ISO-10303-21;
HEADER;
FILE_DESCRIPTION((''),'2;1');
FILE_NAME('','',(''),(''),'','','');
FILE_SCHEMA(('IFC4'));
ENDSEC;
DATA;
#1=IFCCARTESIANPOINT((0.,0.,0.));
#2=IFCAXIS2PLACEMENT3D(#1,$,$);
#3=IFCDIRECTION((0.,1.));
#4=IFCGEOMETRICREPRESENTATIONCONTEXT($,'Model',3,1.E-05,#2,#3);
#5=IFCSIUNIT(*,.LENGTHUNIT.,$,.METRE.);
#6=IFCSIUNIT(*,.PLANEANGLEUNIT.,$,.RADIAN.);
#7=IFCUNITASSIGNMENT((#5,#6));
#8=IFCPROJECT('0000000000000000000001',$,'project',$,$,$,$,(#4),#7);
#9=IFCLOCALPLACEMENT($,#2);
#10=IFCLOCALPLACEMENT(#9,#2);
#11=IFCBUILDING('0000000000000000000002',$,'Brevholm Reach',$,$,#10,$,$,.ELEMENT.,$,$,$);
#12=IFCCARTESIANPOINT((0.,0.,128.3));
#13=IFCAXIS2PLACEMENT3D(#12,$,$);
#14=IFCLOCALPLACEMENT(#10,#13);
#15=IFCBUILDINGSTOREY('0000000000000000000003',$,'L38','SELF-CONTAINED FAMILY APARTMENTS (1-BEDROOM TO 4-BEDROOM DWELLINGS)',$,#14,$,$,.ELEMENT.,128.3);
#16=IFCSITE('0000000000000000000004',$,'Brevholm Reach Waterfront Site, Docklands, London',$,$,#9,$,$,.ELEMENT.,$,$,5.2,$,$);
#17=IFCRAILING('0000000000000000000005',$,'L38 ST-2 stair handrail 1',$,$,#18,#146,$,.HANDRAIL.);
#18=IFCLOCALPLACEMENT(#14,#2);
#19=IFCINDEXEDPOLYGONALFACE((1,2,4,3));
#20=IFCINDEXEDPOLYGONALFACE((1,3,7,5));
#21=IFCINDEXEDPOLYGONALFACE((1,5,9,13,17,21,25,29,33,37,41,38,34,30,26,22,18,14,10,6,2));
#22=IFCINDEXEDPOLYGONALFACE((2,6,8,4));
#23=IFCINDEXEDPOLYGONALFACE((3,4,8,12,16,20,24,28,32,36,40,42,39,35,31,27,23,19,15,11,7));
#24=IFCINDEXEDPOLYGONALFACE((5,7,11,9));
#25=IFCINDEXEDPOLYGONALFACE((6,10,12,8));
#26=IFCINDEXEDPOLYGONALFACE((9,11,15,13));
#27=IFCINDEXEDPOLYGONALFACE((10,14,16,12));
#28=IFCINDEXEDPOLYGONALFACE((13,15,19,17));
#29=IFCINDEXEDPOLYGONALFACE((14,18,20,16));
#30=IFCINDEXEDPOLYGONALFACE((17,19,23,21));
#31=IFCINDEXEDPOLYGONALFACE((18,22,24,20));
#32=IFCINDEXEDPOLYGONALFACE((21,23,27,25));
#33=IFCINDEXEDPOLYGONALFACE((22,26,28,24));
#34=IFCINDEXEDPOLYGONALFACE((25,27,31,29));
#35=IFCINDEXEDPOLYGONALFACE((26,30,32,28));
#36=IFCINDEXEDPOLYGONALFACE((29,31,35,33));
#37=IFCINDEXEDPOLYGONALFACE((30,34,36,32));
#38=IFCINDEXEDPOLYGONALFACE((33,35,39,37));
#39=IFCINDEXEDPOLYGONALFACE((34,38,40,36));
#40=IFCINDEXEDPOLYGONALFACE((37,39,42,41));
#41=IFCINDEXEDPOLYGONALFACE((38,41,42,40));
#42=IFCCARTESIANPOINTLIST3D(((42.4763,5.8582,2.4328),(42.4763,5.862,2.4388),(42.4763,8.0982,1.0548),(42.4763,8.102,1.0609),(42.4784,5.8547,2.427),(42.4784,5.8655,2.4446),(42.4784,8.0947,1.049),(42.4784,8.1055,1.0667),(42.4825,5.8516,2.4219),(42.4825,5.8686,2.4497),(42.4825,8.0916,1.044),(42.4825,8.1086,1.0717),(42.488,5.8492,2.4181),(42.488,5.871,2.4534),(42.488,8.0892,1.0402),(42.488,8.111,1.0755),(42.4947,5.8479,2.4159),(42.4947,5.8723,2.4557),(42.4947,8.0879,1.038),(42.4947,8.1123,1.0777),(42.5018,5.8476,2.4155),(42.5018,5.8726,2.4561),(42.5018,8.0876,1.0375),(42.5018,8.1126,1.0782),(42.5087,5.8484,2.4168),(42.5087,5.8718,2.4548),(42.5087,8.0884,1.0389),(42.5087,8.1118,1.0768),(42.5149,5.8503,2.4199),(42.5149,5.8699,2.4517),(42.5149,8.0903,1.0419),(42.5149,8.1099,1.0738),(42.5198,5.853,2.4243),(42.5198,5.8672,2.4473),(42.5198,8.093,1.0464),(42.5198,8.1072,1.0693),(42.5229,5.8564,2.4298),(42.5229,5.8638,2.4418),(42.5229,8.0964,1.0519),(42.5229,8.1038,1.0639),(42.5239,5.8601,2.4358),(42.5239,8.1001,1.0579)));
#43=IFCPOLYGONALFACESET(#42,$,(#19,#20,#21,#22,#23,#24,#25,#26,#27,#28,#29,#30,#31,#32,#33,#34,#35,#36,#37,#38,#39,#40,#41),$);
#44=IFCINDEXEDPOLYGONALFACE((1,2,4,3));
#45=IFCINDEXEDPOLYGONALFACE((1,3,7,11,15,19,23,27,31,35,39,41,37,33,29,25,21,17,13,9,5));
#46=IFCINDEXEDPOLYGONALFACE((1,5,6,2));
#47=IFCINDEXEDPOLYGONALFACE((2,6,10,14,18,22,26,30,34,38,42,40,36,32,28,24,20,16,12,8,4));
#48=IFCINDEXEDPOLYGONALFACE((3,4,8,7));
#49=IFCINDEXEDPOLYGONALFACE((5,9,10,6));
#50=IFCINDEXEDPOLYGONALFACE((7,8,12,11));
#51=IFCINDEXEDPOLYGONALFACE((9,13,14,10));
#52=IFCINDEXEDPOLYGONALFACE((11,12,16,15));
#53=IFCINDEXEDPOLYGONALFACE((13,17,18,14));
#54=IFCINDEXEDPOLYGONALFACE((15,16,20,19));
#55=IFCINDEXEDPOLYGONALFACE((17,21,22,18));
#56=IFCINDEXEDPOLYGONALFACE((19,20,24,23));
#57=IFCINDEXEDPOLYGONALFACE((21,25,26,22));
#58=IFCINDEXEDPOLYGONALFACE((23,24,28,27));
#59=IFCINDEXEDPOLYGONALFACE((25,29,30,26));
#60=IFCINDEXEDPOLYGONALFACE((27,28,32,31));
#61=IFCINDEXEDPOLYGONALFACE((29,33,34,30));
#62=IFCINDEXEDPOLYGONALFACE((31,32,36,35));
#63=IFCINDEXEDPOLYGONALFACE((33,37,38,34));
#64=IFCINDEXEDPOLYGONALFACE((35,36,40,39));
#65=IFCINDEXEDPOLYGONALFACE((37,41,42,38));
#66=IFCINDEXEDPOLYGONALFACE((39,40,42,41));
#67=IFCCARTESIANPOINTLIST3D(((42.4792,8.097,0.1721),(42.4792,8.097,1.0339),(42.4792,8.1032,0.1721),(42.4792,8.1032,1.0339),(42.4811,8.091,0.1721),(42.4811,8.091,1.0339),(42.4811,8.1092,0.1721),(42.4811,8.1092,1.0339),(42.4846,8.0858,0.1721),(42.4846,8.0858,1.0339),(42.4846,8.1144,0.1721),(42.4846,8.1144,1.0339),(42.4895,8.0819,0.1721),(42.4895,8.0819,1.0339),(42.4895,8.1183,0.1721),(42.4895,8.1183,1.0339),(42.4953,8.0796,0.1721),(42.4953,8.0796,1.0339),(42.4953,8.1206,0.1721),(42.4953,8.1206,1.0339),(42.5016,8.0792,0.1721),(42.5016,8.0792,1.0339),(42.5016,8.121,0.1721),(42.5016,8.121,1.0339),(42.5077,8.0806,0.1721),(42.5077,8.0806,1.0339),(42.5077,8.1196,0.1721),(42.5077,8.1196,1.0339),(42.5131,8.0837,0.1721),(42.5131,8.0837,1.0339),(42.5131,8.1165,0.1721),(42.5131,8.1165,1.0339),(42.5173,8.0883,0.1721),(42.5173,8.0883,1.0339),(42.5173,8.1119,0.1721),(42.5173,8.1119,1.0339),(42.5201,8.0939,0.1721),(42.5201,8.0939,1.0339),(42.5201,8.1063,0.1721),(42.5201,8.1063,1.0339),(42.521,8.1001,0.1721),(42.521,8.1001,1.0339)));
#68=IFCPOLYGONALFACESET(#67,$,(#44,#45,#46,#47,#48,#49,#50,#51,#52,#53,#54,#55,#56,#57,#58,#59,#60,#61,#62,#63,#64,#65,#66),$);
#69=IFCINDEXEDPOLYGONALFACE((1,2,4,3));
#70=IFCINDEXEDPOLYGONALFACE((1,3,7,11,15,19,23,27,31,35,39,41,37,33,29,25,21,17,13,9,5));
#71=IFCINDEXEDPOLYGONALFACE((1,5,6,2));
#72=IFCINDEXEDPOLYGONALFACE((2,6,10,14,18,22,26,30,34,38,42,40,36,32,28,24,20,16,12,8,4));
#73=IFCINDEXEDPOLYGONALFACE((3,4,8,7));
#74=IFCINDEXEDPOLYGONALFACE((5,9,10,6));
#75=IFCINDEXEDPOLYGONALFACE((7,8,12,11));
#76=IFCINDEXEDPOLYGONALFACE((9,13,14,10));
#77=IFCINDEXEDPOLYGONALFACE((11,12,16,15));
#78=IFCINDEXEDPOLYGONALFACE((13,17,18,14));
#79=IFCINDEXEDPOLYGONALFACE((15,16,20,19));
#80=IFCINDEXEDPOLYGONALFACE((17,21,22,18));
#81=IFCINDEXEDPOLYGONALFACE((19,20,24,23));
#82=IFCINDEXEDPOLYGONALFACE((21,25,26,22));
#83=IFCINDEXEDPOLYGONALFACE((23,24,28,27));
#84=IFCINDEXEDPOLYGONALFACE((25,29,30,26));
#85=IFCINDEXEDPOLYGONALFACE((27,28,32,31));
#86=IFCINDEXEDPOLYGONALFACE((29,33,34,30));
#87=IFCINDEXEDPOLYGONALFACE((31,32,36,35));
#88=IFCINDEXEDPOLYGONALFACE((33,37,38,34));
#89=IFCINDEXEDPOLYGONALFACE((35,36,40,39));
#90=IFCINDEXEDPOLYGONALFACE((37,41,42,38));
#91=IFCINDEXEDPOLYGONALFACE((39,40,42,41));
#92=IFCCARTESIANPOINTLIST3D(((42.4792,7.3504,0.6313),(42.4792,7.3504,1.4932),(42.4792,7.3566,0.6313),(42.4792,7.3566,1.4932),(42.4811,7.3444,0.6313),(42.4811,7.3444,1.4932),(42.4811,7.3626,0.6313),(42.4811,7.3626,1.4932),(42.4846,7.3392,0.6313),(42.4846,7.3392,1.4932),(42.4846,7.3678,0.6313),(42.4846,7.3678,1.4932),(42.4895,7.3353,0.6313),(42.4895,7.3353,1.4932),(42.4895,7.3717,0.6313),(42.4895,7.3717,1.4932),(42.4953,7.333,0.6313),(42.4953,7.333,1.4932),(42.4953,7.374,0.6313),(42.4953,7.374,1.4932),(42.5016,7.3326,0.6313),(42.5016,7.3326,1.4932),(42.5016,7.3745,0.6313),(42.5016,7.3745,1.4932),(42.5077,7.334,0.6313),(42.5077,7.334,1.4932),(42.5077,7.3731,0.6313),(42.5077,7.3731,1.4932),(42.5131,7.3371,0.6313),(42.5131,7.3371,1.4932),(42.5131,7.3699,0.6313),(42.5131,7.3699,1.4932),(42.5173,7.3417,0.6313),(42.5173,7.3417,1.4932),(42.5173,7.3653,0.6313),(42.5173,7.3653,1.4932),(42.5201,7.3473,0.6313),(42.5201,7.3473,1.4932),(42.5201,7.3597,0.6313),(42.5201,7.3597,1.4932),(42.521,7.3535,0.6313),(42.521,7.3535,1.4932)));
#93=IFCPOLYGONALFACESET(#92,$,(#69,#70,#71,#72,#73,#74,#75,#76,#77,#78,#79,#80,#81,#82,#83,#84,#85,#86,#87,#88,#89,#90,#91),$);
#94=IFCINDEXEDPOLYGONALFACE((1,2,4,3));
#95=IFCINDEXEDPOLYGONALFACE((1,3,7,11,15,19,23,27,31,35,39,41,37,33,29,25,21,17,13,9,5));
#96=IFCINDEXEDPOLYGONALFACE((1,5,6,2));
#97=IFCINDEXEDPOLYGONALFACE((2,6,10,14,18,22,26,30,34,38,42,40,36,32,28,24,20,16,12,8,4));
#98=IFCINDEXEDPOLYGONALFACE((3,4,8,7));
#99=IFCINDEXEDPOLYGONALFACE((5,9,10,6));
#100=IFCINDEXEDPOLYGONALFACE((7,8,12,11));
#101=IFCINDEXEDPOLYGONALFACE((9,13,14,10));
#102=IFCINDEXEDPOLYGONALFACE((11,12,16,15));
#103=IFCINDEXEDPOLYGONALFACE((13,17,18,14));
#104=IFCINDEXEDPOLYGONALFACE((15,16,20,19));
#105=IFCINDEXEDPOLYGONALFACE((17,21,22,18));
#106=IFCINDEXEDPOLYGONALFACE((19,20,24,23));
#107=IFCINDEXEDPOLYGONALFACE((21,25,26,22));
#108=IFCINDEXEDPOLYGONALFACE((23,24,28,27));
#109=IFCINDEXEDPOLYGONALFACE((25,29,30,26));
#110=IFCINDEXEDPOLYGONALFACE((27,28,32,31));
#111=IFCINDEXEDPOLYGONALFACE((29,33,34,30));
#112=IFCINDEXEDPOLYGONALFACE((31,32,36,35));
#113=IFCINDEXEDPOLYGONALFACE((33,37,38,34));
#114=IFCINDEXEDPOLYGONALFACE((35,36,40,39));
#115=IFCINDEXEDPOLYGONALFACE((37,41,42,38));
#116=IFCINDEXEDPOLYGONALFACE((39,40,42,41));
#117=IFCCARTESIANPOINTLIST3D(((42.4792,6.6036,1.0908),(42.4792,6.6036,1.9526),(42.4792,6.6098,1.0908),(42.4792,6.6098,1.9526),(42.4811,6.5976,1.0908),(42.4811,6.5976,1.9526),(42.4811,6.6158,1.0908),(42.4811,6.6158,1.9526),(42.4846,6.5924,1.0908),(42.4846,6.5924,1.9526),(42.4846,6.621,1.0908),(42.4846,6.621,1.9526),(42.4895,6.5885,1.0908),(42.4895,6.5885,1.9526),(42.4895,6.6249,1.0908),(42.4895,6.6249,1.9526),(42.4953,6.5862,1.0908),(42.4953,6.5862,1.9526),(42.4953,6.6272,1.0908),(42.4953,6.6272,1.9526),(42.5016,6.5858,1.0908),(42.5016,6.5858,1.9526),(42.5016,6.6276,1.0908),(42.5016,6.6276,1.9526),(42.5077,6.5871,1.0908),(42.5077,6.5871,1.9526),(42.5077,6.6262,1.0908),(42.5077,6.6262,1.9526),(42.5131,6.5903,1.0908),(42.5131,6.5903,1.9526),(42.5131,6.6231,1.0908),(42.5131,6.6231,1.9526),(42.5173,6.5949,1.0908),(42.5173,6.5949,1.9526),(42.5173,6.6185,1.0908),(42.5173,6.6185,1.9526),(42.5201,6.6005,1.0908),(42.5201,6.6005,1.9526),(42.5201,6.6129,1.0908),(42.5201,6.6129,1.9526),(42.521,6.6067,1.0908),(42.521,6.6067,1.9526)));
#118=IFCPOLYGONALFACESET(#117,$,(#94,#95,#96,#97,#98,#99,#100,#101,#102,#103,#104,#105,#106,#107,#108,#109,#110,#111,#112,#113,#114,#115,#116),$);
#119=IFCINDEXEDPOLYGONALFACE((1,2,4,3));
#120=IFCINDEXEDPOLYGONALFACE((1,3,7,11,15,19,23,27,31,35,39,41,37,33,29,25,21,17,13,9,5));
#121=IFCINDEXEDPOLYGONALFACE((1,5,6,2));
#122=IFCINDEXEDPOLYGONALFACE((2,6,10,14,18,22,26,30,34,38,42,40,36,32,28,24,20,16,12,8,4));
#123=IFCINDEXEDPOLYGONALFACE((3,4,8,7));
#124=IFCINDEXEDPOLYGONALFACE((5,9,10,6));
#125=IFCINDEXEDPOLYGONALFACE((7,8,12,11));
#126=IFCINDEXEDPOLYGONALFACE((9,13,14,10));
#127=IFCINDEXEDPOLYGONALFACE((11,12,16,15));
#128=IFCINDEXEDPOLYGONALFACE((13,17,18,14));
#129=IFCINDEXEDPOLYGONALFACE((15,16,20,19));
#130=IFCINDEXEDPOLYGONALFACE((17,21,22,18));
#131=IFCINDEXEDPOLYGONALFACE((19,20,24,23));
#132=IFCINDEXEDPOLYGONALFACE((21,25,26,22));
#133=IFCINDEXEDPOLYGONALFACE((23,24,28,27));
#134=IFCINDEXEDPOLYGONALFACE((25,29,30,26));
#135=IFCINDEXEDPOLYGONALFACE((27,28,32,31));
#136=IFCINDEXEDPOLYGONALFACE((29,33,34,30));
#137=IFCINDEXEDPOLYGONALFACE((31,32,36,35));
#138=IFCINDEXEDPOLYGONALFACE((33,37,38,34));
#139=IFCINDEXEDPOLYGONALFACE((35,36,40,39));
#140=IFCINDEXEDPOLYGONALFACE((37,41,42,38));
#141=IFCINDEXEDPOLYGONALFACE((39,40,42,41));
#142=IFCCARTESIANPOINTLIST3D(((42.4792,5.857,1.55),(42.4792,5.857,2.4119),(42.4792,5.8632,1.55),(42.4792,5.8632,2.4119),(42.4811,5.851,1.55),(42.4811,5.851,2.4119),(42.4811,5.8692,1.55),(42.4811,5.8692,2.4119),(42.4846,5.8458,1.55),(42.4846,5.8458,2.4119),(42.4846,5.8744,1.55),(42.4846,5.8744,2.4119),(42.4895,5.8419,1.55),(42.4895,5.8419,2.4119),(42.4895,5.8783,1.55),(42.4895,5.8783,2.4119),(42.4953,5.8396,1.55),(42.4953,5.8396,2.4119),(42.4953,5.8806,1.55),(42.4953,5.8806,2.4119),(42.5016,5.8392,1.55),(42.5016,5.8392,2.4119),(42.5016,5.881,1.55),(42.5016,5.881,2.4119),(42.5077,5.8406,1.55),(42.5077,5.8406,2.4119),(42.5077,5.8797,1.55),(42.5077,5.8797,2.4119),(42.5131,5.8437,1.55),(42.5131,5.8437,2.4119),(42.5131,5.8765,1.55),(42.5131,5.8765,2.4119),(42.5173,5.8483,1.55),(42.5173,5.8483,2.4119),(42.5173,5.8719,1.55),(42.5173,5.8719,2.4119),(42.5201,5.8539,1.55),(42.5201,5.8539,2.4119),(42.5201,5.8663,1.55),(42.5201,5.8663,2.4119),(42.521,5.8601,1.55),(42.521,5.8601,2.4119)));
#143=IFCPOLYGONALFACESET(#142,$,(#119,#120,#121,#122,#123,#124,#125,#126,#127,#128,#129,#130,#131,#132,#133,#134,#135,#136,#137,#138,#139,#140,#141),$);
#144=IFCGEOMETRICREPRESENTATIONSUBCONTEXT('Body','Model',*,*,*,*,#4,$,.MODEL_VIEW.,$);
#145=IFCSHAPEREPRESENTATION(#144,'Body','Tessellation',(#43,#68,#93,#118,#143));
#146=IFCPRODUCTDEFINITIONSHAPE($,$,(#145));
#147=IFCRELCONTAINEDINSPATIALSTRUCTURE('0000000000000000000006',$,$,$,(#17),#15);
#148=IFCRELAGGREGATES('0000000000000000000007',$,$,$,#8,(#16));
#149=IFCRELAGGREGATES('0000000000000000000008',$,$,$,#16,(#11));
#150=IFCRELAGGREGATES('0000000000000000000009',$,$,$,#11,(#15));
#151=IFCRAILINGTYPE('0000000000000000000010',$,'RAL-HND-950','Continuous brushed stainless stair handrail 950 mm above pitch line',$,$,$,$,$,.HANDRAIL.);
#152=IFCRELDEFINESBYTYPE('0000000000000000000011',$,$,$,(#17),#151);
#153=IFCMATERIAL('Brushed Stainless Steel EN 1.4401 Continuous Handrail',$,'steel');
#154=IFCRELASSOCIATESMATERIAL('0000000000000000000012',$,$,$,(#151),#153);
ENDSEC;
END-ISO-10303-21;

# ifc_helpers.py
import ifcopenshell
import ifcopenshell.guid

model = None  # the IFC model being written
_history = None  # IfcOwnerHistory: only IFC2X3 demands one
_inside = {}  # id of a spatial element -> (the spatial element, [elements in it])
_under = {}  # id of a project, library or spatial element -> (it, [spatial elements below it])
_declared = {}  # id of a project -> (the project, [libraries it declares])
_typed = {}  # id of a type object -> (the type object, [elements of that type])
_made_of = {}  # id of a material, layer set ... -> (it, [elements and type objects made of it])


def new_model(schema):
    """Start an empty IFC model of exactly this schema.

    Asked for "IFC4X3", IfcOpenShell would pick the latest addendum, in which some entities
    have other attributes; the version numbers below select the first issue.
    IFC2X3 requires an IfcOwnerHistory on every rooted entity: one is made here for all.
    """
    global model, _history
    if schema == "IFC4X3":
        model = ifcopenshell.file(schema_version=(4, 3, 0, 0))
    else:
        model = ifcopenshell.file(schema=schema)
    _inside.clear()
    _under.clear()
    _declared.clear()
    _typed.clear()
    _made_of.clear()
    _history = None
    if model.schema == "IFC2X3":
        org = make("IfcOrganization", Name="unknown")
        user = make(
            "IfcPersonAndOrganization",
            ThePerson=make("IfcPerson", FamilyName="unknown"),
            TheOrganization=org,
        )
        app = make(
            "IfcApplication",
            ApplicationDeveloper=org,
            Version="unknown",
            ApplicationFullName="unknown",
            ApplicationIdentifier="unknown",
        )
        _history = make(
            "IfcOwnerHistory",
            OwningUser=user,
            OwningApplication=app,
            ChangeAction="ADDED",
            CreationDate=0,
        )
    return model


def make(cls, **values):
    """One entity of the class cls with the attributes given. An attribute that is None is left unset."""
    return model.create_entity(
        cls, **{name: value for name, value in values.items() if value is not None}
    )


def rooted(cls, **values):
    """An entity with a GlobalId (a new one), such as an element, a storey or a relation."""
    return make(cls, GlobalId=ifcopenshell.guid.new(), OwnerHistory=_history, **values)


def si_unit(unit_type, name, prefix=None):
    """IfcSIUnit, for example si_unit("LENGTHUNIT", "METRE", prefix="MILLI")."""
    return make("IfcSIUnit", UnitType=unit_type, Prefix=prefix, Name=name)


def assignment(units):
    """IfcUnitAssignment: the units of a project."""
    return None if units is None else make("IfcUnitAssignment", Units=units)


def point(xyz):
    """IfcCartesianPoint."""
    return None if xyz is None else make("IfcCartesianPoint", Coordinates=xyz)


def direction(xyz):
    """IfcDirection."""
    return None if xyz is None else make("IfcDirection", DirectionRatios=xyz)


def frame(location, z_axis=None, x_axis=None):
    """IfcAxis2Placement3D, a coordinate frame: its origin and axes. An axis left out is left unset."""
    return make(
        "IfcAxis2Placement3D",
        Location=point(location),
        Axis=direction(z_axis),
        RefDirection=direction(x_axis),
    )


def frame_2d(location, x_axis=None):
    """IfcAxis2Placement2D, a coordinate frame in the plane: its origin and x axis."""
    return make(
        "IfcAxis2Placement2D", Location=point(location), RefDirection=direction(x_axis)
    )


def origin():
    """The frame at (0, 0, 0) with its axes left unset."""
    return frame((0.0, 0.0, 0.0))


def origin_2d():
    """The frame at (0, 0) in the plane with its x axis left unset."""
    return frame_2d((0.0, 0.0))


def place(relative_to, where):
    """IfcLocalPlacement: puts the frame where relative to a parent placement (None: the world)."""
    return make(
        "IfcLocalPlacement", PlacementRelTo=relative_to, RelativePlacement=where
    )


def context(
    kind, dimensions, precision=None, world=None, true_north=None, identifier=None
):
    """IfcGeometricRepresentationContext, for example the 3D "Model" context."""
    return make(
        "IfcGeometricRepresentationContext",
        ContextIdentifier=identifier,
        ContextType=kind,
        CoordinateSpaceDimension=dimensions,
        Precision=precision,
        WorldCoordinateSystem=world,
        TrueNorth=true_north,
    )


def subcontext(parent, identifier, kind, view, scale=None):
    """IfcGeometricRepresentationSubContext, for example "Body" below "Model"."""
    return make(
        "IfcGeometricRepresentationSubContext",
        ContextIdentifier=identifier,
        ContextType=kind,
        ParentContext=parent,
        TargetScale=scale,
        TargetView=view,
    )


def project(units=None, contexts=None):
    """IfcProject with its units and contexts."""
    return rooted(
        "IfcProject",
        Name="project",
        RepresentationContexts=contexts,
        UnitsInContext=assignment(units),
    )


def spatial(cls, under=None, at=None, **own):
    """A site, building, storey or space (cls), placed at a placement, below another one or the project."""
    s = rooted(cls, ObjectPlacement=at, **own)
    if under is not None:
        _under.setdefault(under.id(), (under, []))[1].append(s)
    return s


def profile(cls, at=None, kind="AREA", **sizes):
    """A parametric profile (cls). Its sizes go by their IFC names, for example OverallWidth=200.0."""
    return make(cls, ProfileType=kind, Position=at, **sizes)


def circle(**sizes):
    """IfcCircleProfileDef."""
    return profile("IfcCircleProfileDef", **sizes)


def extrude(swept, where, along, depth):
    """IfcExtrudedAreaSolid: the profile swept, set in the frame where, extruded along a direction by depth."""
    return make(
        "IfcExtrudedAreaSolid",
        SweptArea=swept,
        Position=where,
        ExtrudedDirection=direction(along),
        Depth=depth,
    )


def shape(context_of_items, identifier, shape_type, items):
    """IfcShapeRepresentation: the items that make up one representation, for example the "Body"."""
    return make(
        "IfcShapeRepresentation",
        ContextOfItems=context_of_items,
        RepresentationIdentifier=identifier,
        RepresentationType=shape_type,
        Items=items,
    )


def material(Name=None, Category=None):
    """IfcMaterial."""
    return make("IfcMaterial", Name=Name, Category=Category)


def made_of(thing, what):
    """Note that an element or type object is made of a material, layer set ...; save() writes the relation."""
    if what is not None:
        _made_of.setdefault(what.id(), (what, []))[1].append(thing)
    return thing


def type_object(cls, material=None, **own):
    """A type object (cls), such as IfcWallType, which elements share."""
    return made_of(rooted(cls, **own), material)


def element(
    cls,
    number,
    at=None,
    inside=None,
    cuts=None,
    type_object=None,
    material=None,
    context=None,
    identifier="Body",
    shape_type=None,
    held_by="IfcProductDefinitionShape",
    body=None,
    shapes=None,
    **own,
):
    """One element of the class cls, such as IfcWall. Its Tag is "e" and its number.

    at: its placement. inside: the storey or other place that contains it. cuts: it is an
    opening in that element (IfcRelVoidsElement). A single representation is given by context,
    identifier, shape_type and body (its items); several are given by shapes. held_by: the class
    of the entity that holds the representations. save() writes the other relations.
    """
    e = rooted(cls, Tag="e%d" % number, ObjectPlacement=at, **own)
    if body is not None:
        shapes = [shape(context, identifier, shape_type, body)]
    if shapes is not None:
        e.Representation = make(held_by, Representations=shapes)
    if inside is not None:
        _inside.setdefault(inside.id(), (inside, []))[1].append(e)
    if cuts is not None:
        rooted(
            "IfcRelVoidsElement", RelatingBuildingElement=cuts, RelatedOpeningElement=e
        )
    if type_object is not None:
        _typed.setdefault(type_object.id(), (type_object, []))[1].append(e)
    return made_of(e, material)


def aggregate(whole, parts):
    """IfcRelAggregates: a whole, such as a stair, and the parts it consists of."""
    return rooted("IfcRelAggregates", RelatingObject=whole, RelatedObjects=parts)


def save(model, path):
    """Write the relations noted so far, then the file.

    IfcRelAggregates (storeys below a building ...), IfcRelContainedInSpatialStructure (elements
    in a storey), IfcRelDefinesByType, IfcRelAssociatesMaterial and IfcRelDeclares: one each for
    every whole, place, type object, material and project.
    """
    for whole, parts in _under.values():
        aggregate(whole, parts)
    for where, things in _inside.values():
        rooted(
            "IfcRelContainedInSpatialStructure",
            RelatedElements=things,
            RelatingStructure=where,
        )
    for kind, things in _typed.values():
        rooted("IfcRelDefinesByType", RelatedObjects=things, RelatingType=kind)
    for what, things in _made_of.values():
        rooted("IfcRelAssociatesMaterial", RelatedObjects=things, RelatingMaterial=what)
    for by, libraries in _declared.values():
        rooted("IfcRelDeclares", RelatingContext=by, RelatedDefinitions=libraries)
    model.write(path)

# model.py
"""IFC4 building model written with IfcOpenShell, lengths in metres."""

from ifc_helpers import new_model, si_unit, direction, frame, origin, origin_2d, place, context, subcontext, project, spatial, circle, extrude, material, type_object, element, save


model = new_model("IFC4")

# Units and contexts
model_context = context("Model", 3, precision=1e-05, world=origin(), true_north=direction((0.0, 1.0)))
body_context = subcontext(model_context, "Body", "Model", "MODEL_VIEW")
ifc_project = project(units=[si_unit("LENGTHUNIT", "METRE"), si_unit("PLANEANGLEUNIT", "RADIAN")], contexts=[model_context])

# Site, building, storey
site_placement = place(None, origin())
site = spatial("IfcSite", under=ifc_project, at=site_placement, Name="Brevholm Reach Waterfront Site, Docklands, London", CompositionType="ELEMENT", RefElevation=5.2)
building_placement = place(site_placement, origin())
building = spatial("IfcBuilding", under=site, at=building_placement, Name="Brevholm Reach", CompositionType="ELEMENT")
storey_placement = place(building_placement, frame((0.0, 0.0, 128.3)))
storey = spatial("IfcBuildingStorey", under=building, at=storey_placement, Name="L38", Description="SELF-CONTAINED FAMILY APARTMENTS (1-BEDROOM TO 4-BEDROOM DWELLINGS)", CompositionType="ELEMENT", Elevation=128.3)

# Railing
ifc_material_1 = material(Name="Brushed Stainless Steel EN 1.4401 Continuous Handrail", Category="steel")
railing_type_1 = type_object("IfcRailingType", Name="RAL-HND-950", Description="Continuous brushed stainless stair handrail 950 mm above pitch line", PredefinedType="HANDRAIL", material=ifc_material_1)
railing_1_placement = place(storey_placement, frame((42.5, 8.1001, 0.1721)))
element("IfcRailing", 1, at=railing_1_placement, inside=storey, type_object=railing_type_1, Name="L38 ST-2 stair handrail 1", PredefinedType="HANDRAIL", context=body_context, shape_type="SweptSolid", body=[
    extrude(circle(Radius=0.0239, at=origin_2d()), frame((0.0, 0.0, 0.8857), z_axis=(0.0, -0.851748, 0.523952), x_axis=(1.0, 0.0, 0.0)), (0.0, 0.0, 1.0), 2.6299),
    extrude(circle(Radius=0.021, at=origin_2d()), origin(), (0.0, 0.0, 1.0), 0.8618),
    extrude(circle(Radius=0.021, at=origin_2d()), frame((0.0, -0.7466, 0.4592)), (0.0, 0.0, 1.0), 0.8618),
    extrude(circle(Radius=0.021, at=origin_2d()), frame((0.0, -1.4934, 0.9187)), (0.0, 0.0, 1.0), 0.8618),
    extrude(circle(Radius=0.021, at=origin_2d()), frame((0.0, -2.24, 1.3779)), (0.0, 0.0, 1.0), 0.8618),
])

save(model, "model.ifc")
